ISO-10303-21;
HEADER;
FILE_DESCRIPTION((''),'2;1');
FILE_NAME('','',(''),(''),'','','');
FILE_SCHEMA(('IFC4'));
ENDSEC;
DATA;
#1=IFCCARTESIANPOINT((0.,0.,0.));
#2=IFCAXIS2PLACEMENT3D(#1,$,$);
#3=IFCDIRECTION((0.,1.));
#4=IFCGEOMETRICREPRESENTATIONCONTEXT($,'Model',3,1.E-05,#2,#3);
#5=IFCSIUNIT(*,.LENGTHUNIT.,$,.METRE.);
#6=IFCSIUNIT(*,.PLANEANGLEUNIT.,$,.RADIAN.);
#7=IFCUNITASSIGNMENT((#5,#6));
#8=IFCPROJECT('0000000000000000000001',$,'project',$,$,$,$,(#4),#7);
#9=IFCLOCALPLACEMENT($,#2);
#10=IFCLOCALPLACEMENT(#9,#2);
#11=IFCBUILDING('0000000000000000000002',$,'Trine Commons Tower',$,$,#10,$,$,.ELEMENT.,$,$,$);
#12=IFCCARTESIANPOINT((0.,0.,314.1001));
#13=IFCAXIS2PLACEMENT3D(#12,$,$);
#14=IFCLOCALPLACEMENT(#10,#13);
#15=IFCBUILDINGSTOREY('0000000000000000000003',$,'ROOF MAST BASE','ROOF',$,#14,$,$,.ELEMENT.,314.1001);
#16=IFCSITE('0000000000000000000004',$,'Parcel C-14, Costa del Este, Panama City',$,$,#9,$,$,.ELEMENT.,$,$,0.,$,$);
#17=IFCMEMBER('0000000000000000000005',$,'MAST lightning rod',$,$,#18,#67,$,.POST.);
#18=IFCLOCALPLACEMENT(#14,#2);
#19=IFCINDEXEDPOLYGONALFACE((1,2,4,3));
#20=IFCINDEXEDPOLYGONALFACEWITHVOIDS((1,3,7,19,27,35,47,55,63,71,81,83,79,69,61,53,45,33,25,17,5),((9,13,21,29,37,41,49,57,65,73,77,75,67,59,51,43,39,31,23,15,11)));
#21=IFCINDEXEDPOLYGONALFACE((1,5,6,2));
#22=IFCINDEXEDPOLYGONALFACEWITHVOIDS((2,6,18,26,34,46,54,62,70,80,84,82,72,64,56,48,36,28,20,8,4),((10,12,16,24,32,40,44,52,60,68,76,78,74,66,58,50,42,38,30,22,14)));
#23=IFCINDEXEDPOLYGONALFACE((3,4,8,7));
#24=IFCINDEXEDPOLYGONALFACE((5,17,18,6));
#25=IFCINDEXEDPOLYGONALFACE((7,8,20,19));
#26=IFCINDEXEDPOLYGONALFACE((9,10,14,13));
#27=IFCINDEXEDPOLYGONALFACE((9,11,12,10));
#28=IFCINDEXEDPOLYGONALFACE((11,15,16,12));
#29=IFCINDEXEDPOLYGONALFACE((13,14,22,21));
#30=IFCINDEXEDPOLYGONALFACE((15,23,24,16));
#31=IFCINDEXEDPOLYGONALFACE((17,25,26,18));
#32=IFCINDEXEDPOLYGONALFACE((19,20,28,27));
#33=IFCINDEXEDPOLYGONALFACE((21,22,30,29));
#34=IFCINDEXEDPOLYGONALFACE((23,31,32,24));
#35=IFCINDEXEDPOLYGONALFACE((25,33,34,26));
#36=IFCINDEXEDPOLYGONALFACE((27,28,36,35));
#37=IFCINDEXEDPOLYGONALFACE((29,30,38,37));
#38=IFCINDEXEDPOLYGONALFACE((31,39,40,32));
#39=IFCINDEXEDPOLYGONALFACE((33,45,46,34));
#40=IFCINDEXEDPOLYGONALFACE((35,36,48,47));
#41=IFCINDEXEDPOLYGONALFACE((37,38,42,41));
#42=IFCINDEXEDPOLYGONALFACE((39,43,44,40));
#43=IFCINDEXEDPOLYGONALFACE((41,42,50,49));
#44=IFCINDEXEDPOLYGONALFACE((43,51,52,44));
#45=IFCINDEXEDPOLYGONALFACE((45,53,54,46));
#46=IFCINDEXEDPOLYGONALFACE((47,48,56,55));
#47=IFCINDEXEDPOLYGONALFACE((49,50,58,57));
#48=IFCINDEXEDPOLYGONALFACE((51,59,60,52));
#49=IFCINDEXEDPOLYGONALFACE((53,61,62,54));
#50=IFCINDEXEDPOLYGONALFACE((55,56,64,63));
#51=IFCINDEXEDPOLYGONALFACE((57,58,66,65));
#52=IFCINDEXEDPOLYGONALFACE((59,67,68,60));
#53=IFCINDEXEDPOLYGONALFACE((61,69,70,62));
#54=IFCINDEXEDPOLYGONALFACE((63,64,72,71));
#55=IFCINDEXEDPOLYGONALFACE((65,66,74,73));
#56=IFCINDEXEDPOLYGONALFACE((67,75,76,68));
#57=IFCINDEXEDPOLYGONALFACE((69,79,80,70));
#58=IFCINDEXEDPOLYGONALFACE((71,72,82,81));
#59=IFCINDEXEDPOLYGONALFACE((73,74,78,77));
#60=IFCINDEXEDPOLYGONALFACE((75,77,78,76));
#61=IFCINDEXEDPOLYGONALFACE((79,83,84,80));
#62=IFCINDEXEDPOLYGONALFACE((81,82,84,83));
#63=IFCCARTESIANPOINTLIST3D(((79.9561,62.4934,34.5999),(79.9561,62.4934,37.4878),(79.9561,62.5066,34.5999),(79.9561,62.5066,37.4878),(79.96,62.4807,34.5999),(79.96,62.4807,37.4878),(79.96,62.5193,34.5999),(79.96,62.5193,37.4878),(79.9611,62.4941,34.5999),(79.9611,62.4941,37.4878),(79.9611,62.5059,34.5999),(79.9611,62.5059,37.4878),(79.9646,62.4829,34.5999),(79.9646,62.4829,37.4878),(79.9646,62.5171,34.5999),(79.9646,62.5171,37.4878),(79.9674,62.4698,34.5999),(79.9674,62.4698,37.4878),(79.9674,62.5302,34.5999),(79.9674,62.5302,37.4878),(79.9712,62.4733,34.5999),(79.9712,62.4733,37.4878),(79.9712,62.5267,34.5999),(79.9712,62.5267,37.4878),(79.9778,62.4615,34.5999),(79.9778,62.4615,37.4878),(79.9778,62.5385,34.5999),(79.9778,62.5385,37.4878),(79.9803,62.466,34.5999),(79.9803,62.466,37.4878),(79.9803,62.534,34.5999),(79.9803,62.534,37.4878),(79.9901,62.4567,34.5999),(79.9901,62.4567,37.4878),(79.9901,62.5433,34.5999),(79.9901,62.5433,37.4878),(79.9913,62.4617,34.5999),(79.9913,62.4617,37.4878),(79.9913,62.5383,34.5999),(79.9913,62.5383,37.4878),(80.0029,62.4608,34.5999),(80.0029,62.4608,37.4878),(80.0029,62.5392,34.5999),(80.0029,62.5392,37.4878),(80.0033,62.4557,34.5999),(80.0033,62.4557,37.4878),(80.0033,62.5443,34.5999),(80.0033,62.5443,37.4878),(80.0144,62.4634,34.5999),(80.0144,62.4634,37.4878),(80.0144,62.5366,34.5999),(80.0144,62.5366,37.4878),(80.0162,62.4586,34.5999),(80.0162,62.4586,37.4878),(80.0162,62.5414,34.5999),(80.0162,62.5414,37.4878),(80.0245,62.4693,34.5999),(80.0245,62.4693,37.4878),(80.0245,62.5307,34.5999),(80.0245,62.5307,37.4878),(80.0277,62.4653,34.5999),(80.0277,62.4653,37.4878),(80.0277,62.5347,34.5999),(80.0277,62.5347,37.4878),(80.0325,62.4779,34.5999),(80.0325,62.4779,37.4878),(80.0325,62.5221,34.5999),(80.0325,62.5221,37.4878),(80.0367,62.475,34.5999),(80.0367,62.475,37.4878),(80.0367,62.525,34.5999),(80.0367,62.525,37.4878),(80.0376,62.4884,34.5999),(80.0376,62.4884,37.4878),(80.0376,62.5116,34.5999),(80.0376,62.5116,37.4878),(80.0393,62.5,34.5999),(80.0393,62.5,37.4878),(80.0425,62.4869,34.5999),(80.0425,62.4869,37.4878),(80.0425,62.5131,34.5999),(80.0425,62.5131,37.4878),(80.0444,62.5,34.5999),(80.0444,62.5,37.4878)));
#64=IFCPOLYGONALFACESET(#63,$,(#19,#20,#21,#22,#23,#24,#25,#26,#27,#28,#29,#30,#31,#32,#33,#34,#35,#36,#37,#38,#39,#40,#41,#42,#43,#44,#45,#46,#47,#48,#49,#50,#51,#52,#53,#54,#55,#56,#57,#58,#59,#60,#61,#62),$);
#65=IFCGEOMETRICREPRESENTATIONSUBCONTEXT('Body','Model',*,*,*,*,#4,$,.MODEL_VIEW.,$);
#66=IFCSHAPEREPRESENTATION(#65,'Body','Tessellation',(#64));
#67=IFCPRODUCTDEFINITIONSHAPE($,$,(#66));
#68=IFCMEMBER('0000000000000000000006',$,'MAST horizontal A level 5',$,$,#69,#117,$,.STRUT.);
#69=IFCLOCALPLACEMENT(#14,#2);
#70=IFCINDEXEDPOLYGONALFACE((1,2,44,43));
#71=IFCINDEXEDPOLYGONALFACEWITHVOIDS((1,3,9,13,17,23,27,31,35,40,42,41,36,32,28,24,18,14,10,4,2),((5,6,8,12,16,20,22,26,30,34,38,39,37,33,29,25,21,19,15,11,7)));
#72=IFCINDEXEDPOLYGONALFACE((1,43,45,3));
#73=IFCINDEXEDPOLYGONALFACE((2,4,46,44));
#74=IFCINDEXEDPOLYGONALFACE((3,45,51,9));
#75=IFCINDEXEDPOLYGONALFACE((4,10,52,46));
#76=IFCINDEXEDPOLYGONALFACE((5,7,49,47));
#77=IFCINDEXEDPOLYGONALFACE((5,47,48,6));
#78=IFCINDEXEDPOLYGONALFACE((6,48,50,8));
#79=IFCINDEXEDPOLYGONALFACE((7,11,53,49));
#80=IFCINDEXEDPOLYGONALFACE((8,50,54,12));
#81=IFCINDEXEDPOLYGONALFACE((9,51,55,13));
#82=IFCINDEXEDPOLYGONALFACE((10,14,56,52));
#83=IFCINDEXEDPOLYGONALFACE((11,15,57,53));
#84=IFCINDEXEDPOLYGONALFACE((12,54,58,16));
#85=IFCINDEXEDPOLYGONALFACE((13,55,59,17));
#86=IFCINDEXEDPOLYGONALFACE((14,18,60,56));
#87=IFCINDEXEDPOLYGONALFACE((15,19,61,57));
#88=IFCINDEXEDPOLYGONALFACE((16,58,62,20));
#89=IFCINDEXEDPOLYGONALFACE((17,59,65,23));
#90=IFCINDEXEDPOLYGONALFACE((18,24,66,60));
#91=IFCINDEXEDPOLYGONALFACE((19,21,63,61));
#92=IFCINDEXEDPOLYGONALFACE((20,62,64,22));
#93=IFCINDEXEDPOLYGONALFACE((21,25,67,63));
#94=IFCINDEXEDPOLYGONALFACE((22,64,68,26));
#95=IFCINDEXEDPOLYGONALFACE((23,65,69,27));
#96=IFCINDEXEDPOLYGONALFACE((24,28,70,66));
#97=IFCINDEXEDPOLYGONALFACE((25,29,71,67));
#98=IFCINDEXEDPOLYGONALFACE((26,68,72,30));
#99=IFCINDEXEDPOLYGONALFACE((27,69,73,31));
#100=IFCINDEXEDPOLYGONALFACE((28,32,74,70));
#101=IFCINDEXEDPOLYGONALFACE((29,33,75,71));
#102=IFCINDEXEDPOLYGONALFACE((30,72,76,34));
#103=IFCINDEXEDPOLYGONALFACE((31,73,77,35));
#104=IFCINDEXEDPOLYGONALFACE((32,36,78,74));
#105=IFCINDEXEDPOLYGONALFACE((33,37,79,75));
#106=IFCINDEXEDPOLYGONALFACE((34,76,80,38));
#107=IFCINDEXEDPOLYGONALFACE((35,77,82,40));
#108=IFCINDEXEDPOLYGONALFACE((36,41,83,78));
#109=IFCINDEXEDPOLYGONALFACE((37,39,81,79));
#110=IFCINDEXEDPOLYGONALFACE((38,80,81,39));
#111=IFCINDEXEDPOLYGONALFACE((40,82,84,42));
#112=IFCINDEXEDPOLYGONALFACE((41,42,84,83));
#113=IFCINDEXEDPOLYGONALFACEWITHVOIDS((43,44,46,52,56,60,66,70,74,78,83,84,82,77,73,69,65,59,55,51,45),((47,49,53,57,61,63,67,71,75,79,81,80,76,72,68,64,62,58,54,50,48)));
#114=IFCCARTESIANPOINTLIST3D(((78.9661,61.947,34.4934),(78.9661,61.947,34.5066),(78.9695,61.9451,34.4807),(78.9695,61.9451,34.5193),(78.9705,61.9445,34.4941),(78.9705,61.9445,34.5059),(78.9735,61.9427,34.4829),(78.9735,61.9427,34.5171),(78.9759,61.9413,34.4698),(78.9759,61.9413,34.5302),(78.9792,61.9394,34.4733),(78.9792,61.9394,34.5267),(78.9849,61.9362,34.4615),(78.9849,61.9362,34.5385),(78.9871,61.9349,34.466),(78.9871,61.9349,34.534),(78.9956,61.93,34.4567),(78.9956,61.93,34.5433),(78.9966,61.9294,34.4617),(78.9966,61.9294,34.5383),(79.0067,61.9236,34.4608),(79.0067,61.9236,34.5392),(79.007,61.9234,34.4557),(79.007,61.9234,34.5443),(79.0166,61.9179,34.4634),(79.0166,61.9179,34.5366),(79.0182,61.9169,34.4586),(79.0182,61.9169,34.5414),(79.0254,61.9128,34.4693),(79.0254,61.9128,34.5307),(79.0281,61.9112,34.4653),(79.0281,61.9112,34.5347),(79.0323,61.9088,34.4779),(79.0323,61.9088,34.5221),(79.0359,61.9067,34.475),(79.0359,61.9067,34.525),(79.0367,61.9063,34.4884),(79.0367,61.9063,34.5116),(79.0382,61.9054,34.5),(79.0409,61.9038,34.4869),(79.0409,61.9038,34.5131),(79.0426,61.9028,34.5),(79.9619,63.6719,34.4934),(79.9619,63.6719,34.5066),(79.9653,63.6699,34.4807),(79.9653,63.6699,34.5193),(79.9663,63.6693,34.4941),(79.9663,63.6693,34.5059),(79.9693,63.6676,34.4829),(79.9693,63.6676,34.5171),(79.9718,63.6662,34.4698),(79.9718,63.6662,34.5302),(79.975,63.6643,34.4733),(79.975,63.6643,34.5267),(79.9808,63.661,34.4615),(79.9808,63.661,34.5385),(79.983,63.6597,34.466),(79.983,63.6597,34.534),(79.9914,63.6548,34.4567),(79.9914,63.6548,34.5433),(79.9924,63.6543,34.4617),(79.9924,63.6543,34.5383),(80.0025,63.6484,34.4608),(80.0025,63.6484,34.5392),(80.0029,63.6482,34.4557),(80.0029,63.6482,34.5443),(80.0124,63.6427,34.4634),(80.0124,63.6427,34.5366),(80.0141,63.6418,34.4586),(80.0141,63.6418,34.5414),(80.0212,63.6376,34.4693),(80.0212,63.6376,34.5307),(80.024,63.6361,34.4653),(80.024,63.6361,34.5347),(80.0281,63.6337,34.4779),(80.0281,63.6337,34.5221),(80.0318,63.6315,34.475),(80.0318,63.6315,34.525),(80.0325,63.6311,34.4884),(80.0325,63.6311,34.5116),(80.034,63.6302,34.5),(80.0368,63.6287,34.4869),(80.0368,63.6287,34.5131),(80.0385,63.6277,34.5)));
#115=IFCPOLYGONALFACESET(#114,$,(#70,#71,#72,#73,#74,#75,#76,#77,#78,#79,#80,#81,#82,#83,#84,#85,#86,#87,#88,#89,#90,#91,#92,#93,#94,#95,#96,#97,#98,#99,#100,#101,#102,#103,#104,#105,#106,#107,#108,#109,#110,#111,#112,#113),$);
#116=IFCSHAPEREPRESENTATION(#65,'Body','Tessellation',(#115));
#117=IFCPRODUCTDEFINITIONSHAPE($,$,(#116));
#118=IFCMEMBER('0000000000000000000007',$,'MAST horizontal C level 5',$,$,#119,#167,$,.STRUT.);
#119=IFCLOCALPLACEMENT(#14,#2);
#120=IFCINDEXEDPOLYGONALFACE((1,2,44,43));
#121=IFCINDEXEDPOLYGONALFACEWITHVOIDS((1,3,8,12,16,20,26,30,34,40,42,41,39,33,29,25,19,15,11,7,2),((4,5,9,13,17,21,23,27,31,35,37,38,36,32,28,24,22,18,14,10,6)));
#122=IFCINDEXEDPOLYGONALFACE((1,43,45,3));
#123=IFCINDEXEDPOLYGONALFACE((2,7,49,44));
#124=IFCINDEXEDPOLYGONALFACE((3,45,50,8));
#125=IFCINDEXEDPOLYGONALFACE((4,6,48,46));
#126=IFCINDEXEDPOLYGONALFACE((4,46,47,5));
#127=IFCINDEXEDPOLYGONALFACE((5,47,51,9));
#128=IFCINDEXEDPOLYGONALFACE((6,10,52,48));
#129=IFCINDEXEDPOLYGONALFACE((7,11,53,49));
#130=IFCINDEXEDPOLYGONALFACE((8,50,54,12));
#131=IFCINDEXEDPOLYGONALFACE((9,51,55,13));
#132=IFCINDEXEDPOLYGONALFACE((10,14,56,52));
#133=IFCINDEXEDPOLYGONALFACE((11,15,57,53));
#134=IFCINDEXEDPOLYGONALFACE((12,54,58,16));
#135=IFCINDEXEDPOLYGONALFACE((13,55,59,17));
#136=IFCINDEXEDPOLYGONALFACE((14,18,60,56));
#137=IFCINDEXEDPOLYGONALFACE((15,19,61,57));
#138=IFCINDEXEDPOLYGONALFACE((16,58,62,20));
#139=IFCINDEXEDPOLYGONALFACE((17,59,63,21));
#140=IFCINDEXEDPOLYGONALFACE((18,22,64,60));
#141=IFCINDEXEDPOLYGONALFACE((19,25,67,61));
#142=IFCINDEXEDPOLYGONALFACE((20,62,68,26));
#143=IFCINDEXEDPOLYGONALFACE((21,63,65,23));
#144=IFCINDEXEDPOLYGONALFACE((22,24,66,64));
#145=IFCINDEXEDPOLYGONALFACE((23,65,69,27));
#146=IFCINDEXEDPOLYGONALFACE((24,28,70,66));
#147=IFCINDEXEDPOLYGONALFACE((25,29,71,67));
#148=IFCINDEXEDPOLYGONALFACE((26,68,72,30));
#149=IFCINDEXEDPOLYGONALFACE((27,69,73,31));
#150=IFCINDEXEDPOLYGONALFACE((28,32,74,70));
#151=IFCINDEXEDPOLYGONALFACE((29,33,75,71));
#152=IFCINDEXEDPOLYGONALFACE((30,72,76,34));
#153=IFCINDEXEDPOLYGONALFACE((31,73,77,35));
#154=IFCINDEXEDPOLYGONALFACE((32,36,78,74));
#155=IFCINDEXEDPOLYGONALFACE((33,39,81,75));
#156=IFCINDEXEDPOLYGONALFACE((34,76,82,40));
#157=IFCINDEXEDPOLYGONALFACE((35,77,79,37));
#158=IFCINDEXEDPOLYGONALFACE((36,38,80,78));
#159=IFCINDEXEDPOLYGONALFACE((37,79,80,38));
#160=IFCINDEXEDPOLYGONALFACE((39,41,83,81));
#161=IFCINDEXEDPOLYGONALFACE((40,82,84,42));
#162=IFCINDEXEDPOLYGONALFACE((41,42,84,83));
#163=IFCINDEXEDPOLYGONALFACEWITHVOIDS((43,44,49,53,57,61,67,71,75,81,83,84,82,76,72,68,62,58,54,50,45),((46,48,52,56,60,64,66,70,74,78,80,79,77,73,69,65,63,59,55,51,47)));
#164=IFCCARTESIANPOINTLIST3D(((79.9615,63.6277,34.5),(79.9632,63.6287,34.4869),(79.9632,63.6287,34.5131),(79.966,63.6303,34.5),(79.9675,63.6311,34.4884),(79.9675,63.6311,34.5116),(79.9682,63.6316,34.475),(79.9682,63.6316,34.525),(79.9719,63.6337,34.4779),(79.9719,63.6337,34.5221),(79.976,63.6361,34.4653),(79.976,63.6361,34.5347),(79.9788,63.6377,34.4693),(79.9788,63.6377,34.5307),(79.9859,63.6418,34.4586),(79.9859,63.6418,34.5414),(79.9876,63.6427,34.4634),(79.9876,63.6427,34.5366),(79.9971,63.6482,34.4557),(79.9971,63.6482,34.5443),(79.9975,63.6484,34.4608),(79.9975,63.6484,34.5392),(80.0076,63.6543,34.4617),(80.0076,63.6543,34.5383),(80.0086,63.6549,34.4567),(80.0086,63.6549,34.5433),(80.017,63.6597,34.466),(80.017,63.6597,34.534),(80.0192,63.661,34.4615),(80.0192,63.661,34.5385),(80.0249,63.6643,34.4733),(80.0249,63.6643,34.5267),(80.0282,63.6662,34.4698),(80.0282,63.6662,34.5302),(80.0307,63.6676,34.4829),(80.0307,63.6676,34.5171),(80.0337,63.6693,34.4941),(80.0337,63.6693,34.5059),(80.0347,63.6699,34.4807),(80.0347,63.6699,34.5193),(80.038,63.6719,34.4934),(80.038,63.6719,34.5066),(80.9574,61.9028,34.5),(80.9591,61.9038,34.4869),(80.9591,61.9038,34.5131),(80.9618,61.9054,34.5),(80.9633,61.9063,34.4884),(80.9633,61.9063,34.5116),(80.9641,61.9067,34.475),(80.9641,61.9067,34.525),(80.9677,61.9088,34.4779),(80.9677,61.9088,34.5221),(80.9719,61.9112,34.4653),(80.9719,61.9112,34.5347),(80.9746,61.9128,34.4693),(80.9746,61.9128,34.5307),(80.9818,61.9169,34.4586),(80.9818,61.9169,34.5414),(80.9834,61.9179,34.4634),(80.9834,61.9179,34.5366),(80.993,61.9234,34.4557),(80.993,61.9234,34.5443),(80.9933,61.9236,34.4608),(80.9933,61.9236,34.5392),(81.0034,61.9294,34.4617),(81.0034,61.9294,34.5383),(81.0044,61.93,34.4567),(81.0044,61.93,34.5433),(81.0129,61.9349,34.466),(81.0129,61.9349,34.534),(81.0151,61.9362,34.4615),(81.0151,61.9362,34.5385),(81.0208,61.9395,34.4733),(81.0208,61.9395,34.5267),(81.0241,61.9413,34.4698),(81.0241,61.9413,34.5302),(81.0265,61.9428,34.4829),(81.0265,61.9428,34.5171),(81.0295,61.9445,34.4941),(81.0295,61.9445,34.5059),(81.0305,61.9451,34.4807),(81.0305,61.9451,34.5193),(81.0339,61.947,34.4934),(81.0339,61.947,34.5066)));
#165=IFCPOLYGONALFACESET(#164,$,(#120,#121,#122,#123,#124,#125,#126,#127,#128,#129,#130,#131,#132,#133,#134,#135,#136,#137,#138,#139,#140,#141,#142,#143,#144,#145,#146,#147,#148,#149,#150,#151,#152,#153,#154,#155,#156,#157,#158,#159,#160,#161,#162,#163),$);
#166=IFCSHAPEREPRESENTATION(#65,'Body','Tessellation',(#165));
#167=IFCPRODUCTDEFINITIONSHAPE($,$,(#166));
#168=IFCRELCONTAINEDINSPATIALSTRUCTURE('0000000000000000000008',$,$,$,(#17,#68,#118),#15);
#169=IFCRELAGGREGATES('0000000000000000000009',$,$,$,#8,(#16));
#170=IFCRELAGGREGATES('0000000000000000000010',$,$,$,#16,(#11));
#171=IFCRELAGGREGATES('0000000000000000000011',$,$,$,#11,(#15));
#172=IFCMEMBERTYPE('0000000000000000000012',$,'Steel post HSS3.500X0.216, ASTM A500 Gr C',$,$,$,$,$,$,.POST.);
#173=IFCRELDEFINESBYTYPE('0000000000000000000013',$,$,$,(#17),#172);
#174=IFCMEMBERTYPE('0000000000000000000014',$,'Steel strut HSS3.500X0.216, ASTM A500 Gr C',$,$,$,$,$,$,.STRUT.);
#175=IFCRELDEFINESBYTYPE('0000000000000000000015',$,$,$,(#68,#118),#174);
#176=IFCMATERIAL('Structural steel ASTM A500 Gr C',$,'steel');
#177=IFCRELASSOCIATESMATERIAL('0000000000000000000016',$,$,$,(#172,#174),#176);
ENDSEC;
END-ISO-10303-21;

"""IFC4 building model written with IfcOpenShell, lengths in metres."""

from ifc_helpers import new_model, si_unit, direction, frame, origin, origin_2d, place, context, subcontext, project, spatial, hollow_circle, extrude, material, material_profile, profile_set, type_object, element, save


model = new_model("IFC4")

# Units and contexts
model_context = context("Model", 3, precision=1e-05, world=origin(), true_north=direction((0.0, 1.0)))
body_context = subcontext(model_context, "Body", "Model", "MODEL_VIEW")
ifc_project = project(units=[si_unit("LENGTHUNIT", "METRE"), si_unit("PLANEANGLEUNIT", "RADIAN")], contexts=[model_context])

# Site, building, storey
site_placement = place(None, origin())
site = spatial("IfcSite", under=ifc_project, at=site_placement, Name="Parcel C-14, Costa del Este, Panama City", CompositionType="ELEMENT", RefElevation=0.0)
building_placement = place(site_placement, origin())
building = spatial("IfcBuilding", under=site, at=building_placement, Name="Trine Commons Tower", CompositionType="ELEMENT")
storey_placement = place(building_placement, frame((0.0, 0.0, 314.1001)))
storey = spatial("IfcBuildingStorey", under=building, at=storey_placement, Name="ROOF MAST BASE", Description="ROOF", CompositionType="ELEMENT", Elevation=314.1001)

# Members
ifc_material_1 = material(Name="Structural steel ASTM A500 Gr C", Category="steel")
ifc_material_profile_1 = material_profile(ifc_material_1, hollow_circle(Radius=0.0444, WallThickness=0.0051, at=origin_2d()), Name="HSS3.500X0.216")
ifc_profile_set_1 = profile_set([ifc_material_profile_1], Name="Structural steel ASTM A500 Gr C")
member_type_1 = type_object("IfcMemberType", Name="Steel post HSS3.500X0.216, ASTM A500 Gr C", PredefinedType="POST", material=ifc_profile_set_1)
member_1_placement = place(storey_placement, frame((80.0, 62.5, 34.5999), z_axis=(0.0, 0.0, 1.0), x_axis=(1.0, 0.0, 0.0)))
element("IfcMember", 1, at=member_1_placement, inside=storey, type_object=member_type_1, Name="MAST lightning rod", PredefinedType="POST", context=body_context, shape_type="SweptSolid", body=[
    extrude(hollow_circle(Radius=0.0444, WallThickness=0.0051, at=origin_2d()), origin(), (0.0, 0.0, 1.0), 2.8879),
])
ifc_material_profile_2 = material_profile(ifc_material_1, hollow_circle(Radius=0.0444, WallThickness=0.0051, at=origin_2d()), Name="HSS3.500X0.216")
ifc_profile_set_2 = profile_set([ifc_material_profile_2], Name="Structural steel ASTM A500 Gr C")
member_type_2 = type_object("IfcMemberType", Name="Steel strut HSS3.500X0.216, ASTM A500 Gr C", PredefinedType="STRUT", material=ifc_profile_set_2)
for number, where, z_axis, x_axis, name in (
    (2, (80.0, 63.6499, 34.5), (-0.500002, -0.866024, 0.0), (0.866024, -0.500002, 0.0), "MAST horizontal A level 5"),
    (3, (80.9958, 61.925, 34.5), (-0.500002, 0.866024, 0.0), (-0.866024, -0.500002, 0.0), "MAST horizontal C level 5"),
):
    element("IfcMember", number, at=place(storey_placement, frame(where, z_axis=z_axis, x_axis=x_axis)), inside=storey, type_object=member_type_2, Name=name, PredefinedType="STRUT", context=body_context, shape_type="SweptSolid", body=[
        extrude(hollow_circle(Radius=0.0444, WallThickness=0.0051, at=origin_2d()), origin(), (0.0, 0.0, 1.0), 1.9917),
    ])

save(model, "model.ifc")
